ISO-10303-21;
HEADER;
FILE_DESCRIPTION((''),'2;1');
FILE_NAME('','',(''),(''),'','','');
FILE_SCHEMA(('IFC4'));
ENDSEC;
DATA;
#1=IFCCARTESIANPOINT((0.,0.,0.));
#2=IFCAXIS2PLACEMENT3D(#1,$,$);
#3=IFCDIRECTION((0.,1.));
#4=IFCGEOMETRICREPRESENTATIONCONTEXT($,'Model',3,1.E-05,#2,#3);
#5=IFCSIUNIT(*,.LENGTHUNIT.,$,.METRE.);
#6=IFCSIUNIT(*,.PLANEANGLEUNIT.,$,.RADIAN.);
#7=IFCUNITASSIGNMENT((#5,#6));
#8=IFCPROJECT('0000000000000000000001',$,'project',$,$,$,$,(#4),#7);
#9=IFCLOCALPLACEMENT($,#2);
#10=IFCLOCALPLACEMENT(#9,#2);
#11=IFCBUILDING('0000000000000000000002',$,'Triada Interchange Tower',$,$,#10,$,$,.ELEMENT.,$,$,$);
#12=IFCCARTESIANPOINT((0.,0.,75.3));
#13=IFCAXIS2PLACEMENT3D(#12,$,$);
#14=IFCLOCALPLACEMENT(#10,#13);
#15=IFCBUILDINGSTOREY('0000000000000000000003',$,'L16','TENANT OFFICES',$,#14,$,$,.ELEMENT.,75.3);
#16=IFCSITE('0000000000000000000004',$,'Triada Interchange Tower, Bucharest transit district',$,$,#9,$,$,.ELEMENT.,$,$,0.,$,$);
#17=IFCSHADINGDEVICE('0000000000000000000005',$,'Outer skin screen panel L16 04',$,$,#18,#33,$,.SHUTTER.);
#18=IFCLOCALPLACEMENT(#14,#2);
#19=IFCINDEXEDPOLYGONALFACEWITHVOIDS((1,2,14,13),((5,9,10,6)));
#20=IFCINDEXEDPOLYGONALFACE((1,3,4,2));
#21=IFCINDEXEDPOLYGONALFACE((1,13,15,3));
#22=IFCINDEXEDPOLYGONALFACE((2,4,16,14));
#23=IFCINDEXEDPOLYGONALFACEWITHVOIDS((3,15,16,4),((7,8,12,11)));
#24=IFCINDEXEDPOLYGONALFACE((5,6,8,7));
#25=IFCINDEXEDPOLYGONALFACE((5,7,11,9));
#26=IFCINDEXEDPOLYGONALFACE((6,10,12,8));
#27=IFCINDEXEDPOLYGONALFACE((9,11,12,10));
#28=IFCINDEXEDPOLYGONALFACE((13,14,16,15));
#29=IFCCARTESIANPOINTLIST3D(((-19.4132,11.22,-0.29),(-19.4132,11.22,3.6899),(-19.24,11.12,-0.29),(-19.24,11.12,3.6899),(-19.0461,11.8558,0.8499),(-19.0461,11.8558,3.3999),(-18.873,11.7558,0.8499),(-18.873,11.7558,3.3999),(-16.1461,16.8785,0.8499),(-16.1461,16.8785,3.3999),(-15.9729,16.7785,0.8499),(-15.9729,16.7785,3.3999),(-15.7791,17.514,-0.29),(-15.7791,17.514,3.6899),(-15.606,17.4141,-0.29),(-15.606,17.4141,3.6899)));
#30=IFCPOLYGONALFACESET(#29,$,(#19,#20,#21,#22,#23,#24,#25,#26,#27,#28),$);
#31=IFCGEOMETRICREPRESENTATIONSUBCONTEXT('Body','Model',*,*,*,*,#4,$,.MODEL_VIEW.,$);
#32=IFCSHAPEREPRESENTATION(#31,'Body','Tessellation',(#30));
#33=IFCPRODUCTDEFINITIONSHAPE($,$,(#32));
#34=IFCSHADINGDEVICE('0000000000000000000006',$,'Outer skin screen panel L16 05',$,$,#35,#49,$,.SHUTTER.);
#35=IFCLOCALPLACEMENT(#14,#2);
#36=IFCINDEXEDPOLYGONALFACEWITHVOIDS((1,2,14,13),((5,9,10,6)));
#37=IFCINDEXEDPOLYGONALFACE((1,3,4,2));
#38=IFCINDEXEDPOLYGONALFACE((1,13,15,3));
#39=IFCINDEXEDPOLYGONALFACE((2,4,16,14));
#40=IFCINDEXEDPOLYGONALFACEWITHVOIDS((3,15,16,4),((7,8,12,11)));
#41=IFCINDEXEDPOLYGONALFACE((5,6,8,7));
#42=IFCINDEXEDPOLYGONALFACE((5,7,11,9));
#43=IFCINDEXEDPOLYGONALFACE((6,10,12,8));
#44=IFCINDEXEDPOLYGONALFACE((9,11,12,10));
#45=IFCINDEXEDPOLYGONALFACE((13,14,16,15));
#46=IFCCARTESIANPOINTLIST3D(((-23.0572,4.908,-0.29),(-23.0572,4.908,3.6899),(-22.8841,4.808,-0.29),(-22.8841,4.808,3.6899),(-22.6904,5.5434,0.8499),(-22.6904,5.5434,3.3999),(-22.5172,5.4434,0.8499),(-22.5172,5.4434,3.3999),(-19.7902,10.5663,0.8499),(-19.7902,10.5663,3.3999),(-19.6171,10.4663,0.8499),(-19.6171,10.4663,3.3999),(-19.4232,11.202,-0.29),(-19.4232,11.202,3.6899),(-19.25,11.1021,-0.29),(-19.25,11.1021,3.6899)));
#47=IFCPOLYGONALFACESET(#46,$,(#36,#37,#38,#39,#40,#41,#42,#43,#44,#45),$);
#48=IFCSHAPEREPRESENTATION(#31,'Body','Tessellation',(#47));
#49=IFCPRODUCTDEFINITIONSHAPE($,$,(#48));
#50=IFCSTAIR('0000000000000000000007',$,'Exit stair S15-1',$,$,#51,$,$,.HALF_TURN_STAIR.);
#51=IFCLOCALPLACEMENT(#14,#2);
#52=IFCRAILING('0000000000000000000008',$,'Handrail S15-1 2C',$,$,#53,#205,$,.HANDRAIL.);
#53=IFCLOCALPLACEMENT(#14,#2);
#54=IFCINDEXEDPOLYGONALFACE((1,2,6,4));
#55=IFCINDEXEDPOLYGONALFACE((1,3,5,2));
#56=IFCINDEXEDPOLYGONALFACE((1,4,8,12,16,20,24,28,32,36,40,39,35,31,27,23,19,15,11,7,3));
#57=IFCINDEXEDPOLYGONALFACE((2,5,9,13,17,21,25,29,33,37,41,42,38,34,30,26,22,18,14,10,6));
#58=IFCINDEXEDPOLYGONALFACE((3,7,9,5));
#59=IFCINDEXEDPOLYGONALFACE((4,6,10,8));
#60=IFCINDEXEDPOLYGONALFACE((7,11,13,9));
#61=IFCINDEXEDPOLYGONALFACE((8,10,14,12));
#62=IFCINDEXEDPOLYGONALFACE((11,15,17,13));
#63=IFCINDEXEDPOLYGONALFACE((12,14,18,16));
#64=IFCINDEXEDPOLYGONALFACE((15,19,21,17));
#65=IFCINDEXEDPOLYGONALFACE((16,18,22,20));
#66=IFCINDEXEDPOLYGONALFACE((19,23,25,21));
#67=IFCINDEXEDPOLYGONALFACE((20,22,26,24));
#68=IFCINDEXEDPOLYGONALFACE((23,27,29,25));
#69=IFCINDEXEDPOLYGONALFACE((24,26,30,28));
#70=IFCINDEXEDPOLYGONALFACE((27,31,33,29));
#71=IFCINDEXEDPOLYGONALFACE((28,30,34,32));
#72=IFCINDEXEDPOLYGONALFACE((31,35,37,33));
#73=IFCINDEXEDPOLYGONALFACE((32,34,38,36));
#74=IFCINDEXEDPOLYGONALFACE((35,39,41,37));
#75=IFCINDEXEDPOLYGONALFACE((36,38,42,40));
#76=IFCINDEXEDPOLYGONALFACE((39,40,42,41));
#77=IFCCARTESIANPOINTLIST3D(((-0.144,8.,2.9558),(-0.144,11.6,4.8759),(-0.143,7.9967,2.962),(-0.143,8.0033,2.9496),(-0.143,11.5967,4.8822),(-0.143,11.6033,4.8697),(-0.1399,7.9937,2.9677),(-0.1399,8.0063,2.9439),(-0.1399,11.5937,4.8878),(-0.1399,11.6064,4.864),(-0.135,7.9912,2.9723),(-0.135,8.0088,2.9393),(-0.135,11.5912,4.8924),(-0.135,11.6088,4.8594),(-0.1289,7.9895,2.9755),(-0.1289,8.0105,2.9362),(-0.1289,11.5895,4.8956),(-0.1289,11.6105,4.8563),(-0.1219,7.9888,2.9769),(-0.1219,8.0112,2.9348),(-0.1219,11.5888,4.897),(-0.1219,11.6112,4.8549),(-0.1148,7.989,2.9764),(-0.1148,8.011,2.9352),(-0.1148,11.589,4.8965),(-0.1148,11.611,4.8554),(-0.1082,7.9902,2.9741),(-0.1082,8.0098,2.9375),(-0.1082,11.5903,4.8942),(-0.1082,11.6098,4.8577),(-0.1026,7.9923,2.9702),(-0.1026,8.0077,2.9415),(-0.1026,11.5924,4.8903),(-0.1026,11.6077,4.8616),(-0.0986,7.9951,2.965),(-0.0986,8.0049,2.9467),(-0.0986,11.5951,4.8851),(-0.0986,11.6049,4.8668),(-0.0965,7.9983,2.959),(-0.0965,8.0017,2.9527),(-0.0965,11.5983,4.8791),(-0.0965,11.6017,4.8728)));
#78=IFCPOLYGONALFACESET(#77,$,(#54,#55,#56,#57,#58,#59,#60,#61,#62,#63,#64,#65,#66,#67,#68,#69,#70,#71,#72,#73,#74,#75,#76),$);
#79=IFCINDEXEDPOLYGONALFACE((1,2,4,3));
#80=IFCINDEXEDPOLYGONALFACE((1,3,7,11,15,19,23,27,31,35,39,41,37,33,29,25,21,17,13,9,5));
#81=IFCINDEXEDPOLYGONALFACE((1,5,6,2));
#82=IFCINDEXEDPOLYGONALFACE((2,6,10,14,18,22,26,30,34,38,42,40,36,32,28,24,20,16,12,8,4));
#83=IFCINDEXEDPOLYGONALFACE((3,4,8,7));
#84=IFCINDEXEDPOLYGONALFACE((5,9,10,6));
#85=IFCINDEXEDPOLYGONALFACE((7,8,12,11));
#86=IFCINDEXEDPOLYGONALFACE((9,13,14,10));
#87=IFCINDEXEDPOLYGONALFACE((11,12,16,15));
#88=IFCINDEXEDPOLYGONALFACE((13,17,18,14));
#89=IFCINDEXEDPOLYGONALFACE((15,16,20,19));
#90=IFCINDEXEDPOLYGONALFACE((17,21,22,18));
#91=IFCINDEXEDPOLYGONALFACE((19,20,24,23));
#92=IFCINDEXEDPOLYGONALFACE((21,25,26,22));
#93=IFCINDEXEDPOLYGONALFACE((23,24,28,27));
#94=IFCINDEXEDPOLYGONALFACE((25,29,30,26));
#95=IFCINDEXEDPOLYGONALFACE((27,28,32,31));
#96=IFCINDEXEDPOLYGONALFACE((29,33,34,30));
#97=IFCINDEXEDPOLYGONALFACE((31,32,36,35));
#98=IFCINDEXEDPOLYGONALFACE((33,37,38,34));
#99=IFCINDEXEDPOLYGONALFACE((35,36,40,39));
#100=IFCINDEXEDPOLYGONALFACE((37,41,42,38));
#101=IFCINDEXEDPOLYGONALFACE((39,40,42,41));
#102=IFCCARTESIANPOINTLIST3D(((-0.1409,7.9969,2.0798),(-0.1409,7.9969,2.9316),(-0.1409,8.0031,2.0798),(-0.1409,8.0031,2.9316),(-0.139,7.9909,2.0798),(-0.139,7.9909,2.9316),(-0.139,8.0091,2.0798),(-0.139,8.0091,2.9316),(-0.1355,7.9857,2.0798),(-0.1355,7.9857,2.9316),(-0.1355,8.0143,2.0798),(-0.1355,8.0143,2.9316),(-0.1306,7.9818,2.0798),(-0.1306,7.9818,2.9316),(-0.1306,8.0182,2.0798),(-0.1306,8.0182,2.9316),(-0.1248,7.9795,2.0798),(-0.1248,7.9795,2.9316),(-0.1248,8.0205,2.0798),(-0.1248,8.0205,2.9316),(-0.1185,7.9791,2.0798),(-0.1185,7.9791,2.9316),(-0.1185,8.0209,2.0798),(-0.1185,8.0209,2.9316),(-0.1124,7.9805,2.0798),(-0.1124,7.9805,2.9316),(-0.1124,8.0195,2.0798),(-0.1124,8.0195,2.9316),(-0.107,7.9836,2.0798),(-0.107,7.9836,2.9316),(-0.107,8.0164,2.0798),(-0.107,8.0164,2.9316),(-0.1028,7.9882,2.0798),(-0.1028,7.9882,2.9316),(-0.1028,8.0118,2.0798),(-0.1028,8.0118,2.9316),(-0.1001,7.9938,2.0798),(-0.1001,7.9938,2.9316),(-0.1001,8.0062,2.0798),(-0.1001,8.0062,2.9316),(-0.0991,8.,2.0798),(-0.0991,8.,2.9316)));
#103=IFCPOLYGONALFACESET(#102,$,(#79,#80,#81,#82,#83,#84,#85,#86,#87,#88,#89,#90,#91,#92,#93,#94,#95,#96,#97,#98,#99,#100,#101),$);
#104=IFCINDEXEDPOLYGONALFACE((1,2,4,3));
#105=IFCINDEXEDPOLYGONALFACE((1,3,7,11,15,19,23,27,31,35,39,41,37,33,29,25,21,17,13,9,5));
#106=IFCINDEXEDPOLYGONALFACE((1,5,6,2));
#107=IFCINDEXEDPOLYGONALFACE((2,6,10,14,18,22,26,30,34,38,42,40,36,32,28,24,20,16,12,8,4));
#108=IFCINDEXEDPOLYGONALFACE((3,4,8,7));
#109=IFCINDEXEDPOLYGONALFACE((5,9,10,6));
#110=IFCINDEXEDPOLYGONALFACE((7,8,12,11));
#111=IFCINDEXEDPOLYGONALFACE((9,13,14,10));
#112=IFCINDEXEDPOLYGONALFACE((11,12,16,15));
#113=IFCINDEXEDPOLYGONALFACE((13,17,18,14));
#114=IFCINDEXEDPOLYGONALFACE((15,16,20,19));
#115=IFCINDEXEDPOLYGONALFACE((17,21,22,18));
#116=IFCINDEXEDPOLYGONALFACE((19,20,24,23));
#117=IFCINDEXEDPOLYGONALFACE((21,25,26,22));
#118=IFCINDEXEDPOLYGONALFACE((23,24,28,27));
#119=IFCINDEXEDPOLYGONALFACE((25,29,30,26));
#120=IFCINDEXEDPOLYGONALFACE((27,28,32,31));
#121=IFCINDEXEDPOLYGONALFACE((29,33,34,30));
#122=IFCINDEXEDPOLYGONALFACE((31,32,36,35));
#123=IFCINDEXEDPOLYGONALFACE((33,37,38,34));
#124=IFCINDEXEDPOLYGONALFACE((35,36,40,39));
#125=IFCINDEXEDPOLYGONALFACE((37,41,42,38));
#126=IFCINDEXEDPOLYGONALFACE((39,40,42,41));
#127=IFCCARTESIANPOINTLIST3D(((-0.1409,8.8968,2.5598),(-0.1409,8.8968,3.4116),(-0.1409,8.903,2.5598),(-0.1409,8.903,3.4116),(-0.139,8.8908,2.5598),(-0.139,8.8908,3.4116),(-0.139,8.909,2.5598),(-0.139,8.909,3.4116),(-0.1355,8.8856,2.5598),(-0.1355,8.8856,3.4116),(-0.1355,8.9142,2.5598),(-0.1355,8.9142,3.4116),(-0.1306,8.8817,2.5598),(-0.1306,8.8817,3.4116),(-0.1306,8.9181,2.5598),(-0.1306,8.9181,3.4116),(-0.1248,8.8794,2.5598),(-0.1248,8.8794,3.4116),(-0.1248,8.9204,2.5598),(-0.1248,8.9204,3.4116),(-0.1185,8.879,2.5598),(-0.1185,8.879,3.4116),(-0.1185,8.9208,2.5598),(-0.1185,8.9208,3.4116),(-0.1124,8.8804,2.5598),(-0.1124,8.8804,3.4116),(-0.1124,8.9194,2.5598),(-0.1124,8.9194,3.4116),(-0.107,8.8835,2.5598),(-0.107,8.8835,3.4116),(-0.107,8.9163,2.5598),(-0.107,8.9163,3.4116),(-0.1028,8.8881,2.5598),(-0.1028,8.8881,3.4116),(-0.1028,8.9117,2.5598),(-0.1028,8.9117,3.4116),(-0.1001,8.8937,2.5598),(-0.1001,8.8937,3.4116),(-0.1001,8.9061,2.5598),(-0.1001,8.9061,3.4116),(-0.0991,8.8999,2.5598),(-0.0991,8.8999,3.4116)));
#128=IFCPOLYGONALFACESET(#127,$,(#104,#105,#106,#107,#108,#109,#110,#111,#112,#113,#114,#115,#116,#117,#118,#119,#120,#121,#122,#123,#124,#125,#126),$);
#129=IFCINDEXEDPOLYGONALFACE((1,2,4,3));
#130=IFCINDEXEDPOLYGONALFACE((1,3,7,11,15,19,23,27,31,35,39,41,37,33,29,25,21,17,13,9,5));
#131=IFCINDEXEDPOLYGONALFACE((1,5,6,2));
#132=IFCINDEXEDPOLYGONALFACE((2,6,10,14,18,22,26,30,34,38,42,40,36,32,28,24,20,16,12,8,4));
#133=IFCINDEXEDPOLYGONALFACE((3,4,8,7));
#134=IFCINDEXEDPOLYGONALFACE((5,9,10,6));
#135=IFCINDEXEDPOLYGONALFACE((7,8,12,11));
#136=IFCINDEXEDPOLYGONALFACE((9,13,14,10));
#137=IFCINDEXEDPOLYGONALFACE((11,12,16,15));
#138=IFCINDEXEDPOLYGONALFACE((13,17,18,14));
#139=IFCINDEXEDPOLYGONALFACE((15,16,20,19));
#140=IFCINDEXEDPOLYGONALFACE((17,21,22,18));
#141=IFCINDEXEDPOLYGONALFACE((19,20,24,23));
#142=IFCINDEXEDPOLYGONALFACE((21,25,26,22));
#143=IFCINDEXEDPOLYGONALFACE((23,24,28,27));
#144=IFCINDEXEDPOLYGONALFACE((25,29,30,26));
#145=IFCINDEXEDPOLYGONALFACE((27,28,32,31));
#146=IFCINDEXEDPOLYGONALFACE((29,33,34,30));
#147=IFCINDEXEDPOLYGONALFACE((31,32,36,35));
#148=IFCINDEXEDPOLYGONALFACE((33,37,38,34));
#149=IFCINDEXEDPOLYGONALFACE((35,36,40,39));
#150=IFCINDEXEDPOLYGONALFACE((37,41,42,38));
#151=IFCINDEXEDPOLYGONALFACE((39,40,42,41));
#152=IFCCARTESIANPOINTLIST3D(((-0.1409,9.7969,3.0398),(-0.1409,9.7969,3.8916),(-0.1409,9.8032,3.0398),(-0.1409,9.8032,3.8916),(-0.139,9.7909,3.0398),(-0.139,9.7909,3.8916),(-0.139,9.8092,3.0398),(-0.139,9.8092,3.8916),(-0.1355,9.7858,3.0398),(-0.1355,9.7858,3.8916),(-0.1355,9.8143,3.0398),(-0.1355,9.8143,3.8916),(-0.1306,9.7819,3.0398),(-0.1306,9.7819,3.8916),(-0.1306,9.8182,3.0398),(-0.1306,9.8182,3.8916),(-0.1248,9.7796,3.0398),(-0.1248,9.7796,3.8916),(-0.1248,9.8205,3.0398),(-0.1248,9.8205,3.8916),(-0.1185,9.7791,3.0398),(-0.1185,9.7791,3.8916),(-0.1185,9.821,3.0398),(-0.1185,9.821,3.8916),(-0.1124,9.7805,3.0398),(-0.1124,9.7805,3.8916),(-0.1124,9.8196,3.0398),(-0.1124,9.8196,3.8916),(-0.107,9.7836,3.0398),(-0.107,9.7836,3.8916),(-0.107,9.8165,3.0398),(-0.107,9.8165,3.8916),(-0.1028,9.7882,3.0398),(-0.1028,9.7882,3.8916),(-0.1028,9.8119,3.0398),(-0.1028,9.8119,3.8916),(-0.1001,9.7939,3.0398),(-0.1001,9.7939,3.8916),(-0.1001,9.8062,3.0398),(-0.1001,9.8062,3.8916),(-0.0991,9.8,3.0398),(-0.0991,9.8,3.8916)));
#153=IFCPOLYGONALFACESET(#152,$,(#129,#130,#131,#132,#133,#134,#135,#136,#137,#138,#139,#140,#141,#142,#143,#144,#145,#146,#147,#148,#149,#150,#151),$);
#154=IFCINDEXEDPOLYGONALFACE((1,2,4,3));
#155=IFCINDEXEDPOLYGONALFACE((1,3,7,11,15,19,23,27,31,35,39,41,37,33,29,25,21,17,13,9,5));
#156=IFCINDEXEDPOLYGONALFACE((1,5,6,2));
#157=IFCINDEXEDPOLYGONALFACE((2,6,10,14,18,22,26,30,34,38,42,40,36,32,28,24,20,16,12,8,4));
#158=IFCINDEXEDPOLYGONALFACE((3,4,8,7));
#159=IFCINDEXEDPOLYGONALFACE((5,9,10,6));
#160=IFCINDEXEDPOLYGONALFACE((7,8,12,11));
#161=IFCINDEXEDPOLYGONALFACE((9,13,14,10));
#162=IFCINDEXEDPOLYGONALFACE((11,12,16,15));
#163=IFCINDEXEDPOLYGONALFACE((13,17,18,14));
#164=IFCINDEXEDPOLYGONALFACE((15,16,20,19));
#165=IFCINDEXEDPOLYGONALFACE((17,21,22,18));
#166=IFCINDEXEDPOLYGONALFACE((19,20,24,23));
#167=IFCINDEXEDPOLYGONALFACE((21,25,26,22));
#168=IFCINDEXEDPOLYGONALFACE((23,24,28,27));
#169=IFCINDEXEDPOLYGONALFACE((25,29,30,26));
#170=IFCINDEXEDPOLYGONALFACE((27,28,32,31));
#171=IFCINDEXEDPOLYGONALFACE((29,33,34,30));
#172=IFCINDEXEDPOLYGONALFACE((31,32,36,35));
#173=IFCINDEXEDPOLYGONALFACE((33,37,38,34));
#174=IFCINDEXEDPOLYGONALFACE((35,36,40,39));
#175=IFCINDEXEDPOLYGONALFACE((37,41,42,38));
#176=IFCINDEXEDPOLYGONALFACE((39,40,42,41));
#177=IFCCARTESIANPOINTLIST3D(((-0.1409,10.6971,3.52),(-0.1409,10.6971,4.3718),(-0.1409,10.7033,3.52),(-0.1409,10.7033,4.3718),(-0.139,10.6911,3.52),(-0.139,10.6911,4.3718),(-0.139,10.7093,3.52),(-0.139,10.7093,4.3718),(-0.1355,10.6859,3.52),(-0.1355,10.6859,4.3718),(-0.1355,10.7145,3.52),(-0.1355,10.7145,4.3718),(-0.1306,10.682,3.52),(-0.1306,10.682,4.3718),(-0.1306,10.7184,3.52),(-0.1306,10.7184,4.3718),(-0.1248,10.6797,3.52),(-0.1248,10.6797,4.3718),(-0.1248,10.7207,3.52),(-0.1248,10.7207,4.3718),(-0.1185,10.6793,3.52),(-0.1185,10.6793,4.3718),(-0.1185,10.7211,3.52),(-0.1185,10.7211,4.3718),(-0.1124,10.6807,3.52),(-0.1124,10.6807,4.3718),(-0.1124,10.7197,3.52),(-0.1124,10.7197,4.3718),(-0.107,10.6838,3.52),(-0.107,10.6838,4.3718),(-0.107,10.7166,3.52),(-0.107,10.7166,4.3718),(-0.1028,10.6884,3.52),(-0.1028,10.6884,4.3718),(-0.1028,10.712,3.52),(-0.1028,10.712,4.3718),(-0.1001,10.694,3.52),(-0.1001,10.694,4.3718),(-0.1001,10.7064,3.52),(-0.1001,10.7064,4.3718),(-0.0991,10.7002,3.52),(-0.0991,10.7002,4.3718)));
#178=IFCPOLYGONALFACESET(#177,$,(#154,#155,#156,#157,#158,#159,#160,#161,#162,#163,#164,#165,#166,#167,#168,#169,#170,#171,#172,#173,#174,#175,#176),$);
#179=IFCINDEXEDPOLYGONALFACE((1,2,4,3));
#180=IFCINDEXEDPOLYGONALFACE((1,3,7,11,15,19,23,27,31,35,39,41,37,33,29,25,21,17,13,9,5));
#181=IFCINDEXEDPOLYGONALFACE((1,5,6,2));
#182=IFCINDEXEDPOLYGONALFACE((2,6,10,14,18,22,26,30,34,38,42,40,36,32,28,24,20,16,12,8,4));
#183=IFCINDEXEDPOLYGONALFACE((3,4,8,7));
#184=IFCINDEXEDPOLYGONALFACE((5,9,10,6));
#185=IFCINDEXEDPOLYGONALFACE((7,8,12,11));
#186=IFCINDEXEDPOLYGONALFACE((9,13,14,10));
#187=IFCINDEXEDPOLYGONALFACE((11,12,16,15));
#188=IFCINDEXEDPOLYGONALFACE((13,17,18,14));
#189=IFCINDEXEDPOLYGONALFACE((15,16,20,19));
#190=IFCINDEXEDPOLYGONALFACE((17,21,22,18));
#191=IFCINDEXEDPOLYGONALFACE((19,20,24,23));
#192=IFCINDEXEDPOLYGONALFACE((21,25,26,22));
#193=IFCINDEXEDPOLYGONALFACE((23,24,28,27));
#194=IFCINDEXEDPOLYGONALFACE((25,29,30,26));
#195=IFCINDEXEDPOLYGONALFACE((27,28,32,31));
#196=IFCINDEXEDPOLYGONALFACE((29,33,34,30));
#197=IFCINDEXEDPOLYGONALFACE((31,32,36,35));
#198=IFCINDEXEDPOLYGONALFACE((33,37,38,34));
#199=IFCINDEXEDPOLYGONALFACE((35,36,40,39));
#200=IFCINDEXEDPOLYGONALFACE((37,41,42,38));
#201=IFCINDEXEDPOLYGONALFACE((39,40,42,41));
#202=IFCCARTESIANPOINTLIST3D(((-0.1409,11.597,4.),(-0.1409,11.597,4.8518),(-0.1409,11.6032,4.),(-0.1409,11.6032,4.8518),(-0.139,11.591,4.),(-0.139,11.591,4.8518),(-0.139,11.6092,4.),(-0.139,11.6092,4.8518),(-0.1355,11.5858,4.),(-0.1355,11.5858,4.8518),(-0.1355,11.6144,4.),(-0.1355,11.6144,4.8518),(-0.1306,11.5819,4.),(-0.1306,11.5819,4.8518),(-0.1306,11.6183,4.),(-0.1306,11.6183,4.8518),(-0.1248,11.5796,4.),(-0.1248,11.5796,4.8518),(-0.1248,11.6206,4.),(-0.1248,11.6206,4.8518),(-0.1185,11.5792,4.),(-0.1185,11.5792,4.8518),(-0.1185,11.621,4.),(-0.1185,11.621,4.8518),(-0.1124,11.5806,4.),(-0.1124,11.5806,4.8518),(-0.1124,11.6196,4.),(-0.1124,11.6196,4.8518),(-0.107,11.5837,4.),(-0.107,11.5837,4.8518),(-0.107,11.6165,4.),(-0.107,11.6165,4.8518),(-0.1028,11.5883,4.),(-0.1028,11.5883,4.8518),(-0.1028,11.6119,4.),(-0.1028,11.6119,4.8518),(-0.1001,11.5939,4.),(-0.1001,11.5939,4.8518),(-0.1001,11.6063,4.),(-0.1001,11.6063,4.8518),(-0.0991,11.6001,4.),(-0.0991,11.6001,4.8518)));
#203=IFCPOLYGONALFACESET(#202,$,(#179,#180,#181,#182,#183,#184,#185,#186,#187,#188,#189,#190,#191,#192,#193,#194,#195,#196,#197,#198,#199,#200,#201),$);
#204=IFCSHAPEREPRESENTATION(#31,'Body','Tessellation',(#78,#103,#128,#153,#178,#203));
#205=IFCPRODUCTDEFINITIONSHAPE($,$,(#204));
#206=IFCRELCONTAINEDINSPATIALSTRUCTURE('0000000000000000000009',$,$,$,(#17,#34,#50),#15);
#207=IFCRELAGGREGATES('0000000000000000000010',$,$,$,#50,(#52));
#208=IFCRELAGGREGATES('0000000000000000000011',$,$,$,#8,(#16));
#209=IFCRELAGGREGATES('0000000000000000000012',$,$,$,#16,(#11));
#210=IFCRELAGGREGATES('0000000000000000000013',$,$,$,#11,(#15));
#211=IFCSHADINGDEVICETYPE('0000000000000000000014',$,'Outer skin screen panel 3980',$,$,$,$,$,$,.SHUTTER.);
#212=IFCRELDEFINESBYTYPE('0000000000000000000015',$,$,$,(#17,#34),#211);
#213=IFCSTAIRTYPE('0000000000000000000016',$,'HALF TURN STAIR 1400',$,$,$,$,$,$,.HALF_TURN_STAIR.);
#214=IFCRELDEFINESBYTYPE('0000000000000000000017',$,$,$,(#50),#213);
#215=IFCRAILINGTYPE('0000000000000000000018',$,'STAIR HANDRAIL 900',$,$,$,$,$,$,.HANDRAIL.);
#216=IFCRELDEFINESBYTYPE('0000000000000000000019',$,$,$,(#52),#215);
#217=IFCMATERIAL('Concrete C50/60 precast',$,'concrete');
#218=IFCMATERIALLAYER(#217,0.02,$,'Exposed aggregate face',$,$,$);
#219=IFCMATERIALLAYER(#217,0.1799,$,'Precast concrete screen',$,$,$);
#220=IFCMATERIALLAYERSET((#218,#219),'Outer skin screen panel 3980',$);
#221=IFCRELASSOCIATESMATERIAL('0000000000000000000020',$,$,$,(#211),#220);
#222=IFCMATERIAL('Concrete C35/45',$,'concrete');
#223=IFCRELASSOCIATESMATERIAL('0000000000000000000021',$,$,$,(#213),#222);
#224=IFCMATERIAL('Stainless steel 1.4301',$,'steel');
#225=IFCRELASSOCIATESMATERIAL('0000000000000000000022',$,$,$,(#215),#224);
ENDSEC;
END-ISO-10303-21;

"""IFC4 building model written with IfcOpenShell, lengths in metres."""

from ifc_helpers import new_model, si_unit, direction, frame, origin, origin_2d, place, context, subcontext, project, spatial, polyline, circle, outline, extrude, material, layer, layer_set, type_object, element, aggregate, save


model = new_model("IFC4")

# Units and contexts
model_context = context("Model", 3, precision=1e-05, world=origin(), true_north=direction((0.0, 1.0)))
body_context = subcontext(model_context, "Body", "Model", "MODEL_VIEW")
ifc_project = project(units=[si_unit("LENGTHUNIT", "METRE"), si_unit("PLANEANGLEUNIT", "RADIAN")], contexts=[model_context])

# Site, building, storey
site_placement = place(None, origin())
site = spatial("IfcSite", under=ifc_project, at=site_placement, Name="Triada Interchange Tower, Bucharest transit district", CompositionType="ELEMENT", RefElevation=0.0)
building_placement = place(site_placement, origin())
building = spatial("IfcBuilding", under=site, at=building_placement, Name="Triada Interchange Tower", CompositionType="ELEMENT")
storey_placement = place(building_placement, frame((0.0, 0.0, 75.3)))
storey = spatial("IfcBuildingStorey", under=building, at=storey_placement, Name="L16", Description="TENANT OFFICES", CompositionType="ELEMENT", Elevation=75.3)

# Shading devices
ifc_material_1 = material(Name="Concrete C50/60 precast", Category="concrete")
ifc_layer_1 = layer(ifc_material_1, 0.02, Name="Exposed aggregate face")
ifc_layer_2 = layer(ifc_material_1, 0.1799, Name="Precast concrete screen")
ifc_layer_set_1 = layer_set([ifc_layer_1, ifc_layer_2], Name="Outer skin screen panel 3980")
shading_device_type = type_object("IfcShadingDeviceType", Name="Outer skin screen panel 3980", PredefinedType="SHUTTER", material=ifc_layer_set_1)
shading_device_1_placement = place(storey_placement, frame((-15.606, 17.4141, -0.29), z_axis=(0.0, 0.0, 1.0), x_axis=(-0.500023, -0.866012, 0.0)))
element("IfcShadingDevice", 1, at=shading_device_1_placement, inside=storey, type_object=shading_device_type, Name="Outer skin screen panel L16 04", PredefinedType="SHUTTER", context=body_context, shape_type="SweptSolid", body=[
    extrude(outline(polyline([(0.0, 0.0), (7.2678, 0.0), (7.2678, 3.98), (0.0, 3.98), (0.0, 0.0)]), holes=[polyline([(0.7339, 1.1399), (0.7339, 3.6899), (6.5337, 3.6899), (6.5337, 1.1399), (0.7339, 1.1399)])]), frame((0.0, 0.0, 0.0), z_axis=(0.0, -1.0, 0.0), x_axis=(1.0, 0.0, 0.0)), (0.0, 0.0, 1.0), 0.2),
])
shading_device_2_placement = place(storey_placement, frame((-19.25, 11.1021, -0.29), z_axis=(0.0, 0.0, 1.0), x_axis=(-0.500023, -0.866012, 0.0)))
element("IfcShadingDevice", 2, at=shading_device_2_placement, inside=storey, type_object=shading_device_type, Name="Outer skin screen panel L16 05", PredefinedType="SHUTTER", context=body_context, shape_type="SweptSolid", body=[
    extrude(outline(polyline([(0.0, 0.0), (7.2678, 0.0), (7.2678, 3.98), (0.0, 3.98), (0.0, 0.0)]), holes=[polyline([(0.7341, 1.1399), (0.7341, 3.6899), (6.5342, 3.6899), (6.5342, 1.1399), (0.7341, 1.1399)])]), frame((0.0, 0.0, 0.0), z_axis=(0.0, -1.0, 0.0), x_axis=(1.0, 0.0, 0.0)), (0.0, 0.0, 1.0), 0.2),
])

# Stair, railing
ifc_material_2 = material(Name="Concrete C35/45", Category="concrete")
stair_type = type_object("IfcStairType", Name="HALF TURN STAIR 1400", PredefinedType="HALF_TURN_STAIR", material=ifc_material_2)
stair_placement = place(storey_placement, origin())
stair = element("IfcStair", 3, at=stair_placement, inside=storey, type_object=stair_type, Name="Exit stair S15-1", PredefinedType="HALF_TURN_STAIR")
ifc_material_3 = material(Name="Stainless steel 1.4301", Category="steel")
railing_type = type_object("IfcRailingType", Name="STAIR HANDRAIL 900", PredefinedType="HANDRAIL", material=ifc_material_3)
railing_placement = place(storey_placement, frame((-0.1201, 8.0, 2.0798)))
railing = element("IfcRailing", 4, at=railing_placement, type_object=railing_type, Name="Handrail S15-1 2C", PredefinedType="HANDRAIL", context=body_context, shape_type="SweptSolid", body=[
    extrude(circle(Radius=0.0239, at=origin_2d()), frame((0.0, 0.0, 0.876), z_axis=(0.0, 0.882341, 0.47061), x_axis=(-1.0, 0.0, 0.0)), (0.0, 0.0, 1.0), 4.0801),
    extrude(circle(Radius=0.021, at=origin_2d()), origin(), (0.0, 0.0, 1.0), 0.8518),
    extrude(circle(Radius=0.021, at=origin_2d()), frame((0.0, 0.8999, 0.48)), (0.0, 0.0, 1.0), 0.8518),
    extrude(circle(Radius=0.021, at=origin_2d()), frame((0.0, 1.8, 0.96)), (0.0, 0.0, 1.0), 0.8518),
    extrude(circle(Radius=0.021, at=origin_2d()), frame((0.0, 2.7002, 1.4402)), (0.0, 0.0, 1.0), 0.8518),
    extrude(circle(Radius=0.021, at=origin_2d()), frame((0.0, 3.6001, 1.9202)), (0.0, 0.0, 1.0), 0.8518),
])
aggregate(stair, [railing])

save(model, "model.ifc")
